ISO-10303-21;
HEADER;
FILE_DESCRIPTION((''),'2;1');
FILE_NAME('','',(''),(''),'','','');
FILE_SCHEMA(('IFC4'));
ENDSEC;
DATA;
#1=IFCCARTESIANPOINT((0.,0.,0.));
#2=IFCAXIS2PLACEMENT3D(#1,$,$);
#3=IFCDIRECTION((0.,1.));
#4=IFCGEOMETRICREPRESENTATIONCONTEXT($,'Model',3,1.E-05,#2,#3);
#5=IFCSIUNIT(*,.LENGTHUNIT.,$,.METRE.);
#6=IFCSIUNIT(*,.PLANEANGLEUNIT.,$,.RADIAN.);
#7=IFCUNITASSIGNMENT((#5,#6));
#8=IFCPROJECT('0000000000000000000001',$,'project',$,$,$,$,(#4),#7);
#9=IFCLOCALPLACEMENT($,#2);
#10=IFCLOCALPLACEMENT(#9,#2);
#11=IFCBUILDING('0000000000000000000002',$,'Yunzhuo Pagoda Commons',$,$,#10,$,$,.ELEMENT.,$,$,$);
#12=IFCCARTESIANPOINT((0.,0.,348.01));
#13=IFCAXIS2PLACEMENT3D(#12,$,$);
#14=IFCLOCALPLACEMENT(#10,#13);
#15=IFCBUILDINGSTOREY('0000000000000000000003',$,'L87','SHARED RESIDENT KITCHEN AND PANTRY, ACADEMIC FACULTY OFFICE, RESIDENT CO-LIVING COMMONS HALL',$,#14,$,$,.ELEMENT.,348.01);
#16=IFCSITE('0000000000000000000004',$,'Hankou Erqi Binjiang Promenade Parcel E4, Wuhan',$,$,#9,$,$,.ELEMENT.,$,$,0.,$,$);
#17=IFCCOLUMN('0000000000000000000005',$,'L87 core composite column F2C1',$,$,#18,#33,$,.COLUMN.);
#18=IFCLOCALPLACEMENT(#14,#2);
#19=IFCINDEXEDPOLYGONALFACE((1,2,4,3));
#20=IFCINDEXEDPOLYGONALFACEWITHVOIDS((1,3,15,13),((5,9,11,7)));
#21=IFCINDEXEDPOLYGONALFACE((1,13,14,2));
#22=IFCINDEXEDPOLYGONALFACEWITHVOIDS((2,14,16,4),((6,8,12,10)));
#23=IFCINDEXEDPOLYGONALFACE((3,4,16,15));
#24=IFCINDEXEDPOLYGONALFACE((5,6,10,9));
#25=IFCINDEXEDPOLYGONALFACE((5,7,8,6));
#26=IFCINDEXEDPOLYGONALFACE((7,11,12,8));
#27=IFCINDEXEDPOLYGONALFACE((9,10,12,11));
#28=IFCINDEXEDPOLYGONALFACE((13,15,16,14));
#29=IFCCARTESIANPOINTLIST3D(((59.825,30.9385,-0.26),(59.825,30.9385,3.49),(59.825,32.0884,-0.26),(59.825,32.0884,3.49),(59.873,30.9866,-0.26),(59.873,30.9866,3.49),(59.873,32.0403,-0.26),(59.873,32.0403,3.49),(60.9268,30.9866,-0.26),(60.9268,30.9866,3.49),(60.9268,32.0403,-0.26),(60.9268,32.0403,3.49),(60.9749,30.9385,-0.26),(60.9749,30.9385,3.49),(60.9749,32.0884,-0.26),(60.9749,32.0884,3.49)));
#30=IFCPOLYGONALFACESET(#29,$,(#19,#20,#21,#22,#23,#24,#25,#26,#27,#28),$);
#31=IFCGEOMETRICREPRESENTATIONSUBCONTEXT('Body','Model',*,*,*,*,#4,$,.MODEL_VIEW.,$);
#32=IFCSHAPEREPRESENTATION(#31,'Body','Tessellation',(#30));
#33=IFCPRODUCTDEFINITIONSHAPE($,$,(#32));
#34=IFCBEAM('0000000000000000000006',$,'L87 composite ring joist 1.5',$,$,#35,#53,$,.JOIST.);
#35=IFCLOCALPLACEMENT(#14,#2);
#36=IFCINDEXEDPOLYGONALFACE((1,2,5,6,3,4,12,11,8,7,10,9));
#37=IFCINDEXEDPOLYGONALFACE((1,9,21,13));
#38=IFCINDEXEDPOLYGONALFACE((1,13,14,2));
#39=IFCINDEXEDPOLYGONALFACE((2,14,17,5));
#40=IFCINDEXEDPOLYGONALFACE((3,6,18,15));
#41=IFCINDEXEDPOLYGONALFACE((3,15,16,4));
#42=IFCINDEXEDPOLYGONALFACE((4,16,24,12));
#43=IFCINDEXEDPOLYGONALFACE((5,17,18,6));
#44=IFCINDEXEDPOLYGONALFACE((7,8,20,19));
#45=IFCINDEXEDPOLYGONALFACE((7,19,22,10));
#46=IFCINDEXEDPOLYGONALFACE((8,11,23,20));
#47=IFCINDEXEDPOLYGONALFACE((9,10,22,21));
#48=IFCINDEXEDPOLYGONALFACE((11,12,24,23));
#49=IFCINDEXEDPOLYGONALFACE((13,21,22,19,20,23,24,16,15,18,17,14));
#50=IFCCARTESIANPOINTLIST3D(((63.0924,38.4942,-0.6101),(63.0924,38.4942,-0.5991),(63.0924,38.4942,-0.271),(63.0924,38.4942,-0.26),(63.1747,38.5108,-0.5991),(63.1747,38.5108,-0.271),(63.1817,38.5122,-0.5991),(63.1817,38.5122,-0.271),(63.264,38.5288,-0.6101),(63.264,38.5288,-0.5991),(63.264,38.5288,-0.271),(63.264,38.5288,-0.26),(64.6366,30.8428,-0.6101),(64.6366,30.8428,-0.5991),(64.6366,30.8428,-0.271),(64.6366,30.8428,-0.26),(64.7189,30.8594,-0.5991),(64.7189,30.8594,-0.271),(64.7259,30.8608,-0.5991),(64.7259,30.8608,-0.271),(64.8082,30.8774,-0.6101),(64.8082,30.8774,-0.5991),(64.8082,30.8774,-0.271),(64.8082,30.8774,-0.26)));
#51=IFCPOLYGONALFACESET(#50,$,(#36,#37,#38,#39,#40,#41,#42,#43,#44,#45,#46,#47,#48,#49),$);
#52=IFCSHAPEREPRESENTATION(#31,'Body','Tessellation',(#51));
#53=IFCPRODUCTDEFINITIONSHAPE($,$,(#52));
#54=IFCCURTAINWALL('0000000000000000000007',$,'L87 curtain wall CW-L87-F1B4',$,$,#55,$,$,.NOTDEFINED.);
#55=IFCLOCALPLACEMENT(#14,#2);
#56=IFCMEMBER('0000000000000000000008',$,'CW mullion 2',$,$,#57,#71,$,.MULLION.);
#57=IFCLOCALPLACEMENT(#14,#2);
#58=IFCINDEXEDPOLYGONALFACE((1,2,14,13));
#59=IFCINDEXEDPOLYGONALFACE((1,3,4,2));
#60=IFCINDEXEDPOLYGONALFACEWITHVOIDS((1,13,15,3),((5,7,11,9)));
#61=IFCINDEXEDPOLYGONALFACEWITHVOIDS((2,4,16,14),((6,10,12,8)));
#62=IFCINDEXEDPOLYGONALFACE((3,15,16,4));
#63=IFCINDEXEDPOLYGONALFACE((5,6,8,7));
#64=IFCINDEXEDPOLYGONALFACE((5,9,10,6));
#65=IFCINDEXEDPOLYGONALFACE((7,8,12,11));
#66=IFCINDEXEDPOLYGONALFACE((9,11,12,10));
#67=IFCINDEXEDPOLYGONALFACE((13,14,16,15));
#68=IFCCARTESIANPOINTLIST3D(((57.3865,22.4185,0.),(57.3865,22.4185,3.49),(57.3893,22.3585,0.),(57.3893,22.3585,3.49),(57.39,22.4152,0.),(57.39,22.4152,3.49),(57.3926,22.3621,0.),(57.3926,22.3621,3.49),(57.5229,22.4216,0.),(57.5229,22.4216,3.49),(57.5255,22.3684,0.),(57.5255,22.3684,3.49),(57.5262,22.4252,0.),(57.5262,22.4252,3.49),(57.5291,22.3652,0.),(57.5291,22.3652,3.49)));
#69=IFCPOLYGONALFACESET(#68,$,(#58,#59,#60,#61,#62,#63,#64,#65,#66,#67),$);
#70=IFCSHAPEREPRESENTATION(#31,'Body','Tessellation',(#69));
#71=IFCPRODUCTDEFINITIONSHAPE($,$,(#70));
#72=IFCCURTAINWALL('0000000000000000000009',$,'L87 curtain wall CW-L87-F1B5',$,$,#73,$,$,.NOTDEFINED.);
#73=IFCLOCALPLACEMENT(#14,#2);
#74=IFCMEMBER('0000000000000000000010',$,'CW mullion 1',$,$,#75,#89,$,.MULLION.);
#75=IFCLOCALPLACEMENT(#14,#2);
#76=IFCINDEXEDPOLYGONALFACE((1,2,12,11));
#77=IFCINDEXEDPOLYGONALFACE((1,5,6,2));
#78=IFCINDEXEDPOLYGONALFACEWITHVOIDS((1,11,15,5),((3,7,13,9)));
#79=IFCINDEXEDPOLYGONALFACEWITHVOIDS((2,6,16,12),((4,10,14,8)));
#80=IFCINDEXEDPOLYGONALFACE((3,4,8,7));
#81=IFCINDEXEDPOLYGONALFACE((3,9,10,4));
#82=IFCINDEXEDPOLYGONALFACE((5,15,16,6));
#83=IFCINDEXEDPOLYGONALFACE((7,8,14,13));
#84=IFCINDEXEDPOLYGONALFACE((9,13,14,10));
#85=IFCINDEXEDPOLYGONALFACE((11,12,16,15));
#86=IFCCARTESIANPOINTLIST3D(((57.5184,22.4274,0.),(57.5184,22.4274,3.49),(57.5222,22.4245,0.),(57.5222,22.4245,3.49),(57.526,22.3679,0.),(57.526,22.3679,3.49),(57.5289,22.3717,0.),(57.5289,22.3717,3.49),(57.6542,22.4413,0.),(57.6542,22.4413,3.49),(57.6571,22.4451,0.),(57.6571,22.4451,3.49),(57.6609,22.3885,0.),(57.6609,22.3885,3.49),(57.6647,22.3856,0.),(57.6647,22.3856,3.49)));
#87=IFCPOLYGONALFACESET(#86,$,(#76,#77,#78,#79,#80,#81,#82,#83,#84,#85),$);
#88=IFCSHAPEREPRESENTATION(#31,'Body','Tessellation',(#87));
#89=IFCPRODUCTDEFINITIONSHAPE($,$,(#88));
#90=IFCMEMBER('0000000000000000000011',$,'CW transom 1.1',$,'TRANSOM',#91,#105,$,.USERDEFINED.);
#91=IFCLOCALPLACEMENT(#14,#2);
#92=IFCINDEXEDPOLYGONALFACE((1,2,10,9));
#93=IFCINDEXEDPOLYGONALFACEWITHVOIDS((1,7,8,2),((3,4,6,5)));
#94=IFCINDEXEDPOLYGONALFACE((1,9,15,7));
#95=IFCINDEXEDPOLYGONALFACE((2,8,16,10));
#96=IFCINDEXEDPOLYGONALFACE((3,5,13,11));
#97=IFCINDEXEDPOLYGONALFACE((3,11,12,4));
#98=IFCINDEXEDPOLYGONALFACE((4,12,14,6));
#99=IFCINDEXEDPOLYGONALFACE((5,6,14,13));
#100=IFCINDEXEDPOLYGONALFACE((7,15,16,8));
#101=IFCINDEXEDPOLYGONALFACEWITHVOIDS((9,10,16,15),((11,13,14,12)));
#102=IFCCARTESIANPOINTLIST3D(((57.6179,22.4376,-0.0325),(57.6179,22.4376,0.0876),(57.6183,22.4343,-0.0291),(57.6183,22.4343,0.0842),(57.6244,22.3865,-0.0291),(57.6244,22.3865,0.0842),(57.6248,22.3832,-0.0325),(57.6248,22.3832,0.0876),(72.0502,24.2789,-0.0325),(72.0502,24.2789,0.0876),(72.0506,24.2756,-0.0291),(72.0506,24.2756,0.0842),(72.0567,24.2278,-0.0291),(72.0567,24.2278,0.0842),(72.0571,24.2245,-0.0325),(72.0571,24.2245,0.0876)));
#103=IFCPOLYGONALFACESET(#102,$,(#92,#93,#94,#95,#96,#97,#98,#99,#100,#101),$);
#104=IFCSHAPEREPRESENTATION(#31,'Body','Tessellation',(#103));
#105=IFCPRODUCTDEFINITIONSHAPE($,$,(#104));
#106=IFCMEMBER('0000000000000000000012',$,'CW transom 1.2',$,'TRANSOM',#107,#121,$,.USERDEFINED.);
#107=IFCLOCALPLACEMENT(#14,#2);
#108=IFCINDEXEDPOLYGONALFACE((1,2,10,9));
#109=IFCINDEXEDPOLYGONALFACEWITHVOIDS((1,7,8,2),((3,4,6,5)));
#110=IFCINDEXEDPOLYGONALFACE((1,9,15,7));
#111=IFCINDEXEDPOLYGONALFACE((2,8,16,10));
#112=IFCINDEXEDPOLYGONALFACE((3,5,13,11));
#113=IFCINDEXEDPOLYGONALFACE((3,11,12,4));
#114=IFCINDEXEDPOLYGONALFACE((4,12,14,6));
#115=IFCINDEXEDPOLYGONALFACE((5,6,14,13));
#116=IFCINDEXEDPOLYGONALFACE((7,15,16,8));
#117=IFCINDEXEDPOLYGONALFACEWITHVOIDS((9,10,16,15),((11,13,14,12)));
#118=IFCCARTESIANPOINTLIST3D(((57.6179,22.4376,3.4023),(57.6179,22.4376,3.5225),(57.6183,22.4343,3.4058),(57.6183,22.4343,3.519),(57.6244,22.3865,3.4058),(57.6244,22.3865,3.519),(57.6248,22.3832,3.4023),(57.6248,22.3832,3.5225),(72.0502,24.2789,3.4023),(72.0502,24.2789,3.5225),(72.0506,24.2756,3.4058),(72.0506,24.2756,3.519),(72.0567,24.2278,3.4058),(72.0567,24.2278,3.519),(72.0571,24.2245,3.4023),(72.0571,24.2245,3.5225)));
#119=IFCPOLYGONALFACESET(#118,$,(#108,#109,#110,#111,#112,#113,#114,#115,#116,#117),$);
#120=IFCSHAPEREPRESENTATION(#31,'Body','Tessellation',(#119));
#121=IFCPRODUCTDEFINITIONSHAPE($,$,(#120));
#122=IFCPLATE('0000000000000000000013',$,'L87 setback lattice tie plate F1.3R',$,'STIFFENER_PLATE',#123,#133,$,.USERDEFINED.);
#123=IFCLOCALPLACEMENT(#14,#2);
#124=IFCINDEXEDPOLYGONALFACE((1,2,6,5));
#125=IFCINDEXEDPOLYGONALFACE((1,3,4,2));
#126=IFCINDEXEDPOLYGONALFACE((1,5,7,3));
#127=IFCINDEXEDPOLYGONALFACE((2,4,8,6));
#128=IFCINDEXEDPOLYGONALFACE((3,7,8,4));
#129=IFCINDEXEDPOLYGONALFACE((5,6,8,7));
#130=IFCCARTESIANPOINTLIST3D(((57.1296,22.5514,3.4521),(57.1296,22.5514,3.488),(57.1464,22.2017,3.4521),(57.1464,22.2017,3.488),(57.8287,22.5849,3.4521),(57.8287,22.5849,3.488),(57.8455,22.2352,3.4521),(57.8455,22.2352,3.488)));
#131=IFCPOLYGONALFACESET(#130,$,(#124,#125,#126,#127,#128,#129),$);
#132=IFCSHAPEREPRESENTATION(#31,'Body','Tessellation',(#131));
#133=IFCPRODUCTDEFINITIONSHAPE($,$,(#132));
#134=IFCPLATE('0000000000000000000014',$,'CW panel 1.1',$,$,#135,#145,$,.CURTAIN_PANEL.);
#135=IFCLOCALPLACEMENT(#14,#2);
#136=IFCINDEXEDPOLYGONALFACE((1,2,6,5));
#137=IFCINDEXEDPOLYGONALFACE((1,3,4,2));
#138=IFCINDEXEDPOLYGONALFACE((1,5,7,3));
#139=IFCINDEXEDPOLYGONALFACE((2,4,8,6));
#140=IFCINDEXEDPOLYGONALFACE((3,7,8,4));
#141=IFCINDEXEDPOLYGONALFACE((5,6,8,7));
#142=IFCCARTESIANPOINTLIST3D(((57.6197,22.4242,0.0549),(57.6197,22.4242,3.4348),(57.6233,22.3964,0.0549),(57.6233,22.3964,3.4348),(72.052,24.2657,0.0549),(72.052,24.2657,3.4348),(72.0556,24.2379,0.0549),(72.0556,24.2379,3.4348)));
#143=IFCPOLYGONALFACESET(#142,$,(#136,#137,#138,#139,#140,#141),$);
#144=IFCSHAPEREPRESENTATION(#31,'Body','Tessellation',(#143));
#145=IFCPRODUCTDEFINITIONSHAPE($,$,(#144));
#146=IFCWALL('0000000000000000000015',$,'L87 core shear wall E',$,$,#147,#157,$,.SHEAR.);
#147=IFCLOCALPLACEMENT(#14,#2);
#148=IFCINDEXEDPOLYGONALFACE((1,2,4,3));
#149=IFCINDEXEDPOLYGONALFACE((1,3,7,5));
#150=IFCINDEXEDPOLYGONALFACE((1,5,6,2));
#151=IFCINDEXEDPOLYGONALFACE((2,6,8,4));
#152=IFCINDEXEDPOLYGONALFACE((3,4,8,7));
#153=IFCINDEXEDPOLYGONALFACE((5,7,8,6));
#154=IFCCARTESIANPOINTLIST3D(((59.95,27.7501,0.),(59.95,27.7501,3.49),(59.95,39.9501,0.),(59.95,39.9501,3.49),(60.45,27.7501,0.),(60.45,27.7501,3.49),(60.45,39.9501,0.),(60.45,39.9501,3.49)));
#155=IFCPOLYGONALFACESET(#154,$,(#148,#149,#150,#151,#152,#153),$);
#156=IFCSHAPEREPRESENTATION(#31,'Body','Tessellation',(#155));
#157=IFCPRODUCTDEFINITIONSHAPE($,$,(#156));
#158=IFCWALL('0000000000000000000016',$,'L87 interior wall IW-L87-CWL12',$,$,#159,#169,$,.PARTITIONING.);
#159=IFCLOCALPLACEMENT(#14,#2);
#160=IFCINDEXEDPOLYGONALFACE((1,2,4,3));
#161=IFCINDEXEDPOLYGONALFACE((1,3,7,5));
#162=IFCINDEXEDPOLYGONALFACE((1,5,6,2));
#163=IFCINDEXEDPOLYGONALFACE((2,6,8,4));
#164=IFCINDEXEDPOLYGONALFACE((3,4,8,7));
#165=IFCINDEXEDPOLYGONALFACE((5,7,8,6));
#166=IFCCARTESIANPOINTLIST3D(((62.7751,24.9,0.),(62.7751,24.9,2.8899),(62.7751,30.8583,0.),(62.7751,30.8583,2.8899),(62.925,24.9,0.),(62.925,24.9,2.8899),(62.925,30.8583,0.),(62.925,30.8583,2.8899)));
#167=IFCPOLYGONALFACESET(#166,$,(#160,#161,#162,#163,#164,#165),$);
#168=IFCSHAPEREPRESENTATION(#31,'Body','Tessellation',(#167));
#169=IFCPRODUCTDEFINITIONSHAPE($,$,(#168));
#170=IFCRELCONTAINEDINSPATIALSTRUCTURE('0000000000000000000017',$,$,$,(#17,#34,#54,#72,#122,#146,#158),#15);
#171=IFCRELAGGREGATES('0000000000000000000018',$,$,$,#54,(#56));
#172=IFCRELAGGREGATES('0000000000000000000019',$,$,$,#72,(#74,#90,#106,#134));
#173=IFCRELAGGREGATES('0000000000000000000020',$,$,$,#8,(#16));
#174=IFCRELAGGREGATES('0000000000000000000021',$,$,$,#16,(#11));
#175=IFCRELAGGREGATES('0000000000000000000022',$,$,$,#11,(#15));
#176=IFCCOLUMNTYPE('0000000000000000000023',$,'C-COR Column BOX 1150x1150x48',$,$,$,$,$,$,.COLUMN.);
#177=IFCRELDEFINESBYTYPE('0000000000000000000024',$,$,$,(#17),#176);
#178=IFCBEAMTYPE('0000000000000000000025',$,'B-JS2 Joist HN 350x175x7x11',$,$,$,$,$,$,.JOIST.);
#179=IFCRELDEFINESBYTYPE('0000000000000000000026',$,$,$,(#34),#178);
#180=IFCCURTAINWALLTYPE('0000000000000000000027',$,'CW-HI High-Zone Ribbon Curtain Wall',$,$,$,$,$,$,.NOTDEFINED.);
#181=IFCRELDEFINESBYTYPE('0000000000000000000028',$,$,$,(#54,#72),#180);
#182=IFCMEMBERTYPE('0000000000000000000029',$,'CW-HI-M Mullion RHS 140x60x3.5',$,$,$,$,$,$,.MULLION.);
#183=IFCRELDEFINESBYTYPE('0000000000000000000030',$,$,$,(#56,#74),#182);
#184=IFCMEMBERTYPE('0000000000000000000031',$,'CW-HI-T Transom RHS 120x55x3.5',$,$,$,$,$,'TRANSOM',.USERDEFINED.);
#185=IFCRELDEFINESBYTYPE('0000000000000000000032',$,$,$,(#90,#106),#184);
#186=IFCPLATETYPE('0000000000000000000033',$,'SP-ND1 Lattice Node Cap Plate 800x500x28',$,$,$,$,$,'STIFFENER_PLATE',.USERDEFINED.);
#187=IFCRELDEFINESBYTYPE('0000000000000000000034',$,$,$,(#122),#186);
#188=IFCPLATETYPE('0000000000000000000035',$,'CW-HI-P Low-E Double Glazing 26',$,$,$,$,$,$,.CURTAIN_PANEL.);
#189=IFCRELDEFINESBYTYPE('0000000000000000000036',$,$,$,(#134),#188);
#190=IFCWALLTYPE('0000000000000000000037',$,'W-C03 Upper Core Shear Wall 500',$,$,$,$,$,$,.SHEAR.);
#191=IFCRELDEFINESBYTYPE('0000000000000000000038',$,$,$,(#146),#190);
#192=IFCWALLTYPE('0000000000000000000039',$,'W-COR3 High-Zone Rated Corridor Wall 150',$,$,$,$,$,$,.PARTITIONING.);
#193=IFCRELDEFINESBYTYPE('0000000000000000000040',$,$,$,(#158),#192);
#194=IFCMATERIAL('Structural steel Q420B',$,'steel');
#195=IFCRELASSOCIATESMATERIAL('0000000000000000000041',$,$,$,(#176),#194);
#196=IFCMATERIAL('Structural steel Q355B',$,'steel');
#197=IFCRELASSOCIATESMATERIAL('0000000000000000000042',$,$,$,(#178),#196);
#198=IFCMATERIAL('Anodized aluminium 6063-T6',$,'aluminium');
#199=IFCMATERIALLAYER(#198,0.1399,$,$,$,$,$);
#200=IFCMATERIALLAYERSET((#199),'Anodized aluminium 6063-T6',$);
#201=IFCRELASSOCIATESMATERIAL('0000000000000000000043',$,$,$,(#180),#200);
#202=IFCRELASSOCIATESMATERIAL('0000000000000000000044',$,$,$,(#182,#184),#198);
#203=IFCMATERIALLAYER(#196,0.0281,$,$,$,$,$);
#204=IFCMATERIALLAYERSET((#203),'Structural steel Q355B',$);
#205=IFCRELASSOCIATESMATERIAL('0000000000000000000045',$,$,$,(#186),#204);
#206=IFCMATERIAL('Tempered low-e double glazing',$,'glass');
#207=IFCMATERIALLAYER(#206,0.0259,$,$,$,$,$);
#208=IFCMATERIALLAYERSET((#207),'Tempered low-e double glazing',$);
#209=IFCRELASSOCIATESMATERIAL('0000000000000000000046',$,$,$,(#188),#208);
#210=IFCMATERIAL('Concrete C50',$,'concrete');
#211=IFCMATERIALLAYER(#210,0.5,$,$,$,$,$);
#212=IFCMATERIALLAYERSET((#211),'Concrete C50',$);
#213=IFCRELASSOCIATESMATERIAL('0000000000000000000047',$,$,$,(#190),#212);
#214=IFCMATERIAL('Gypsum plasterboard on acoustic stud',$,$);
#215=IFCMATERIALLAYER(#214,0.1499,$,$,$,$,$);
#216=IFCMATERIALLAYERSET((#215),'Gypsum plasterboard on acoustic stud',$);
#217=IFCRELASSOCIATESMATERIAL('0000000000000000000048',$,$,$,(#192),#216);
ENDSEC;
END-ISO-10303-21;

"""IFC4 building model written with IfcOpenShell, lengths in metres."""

from ifc_helpers import new_model, si_unit, direction, frame, frame_2d, origin, origin_2d, place, context, subcontext, project, spatial, rectangle, hollow_rectangle, i_section, extrude, source, transform, mapped, material, layer, layer_set, material_profile, profile_set, type_object, element, aggregate, save


model = new_model("IFC4")

# Units and contexts
model_context = context("Model", 3, precision=1e-05, world=origin(), true_north=direction((0.0, 1.0)))
body_context = subcontext(model_context, "Body", "Model", "MODEL_VIEW")
ifc_project = project(units=[si_unit("LENGTHUNIT", "METRE"), si_unit("PLANEANGLEUNIT", "RADIAN")], contexts=[model_context])

# Site, building, storey
site_placement = place(None, origin())
site = spatial("IfcSite", under=ifc_project, at=site_placement, Name="Hankou Erqi Binjiang Promenade Parcel E4, Wuhan", CompositionType="ELEMENT", RefElevation=0.0)
building_placement = place(site_placement, origin())
building = spatial("IfcBuilding", under=site, at=building_placement, Name="Yunzhuo Pagoda Commons", CompositionType="ELEMENT")
storey_placement = place(building_placement, frame((0.0, 0.0, 348.01)))
storey = spatial("IfcBuildingStorey", under=building, at=storey_placement, Name="L87", Description="SHARED RESIDENT KITCHEN AND PANTRY, ACADEMIC FACULTY OFFICE, RESIDENT CO-LIVING COMMONS HALL", CompositionType="ELEMENT", Elevation=348.01)

# Column
ifc_material_1 = material(Name="Structural steel Q420B", Category="steel")
ifc_material_profile_1 = material_profile(ifc_material_1, hollow_rectangle(XDim=1.1499, YDim=1.1499, WallThickness=0.0481, at=origin_2d()), Name="Structural steel Q420B")
ifc_profile_set_1 = profile_set([ifc_material_profile_1], Name="Structural steel Q420B")
column_type = type_object("IfcColumnType", Name="C-COR Column BOX 1150x1150x48", PredefinedType="COLUMN", material=ifc_profile_set_1)
shared_shape_1 = source(origin(), body_context, "Body", "SweptSolid", [
    extrude(hollow_rectangle(XDim=1.1499, YDim=1.1499, WallThickness=0.0481, at=origin_2d()), origin(), (0.0, 0.0, 1.0), 3.75),
])
column_placement = place(storey_placement, frame((60.3999, 31.5134, -0.26), z_axis=(0.0, 0.0, 1.0), x_axis=(1.0, 0.0, 0.0)))
element("IfcColumn", 1, at=column_placement, inside=storey, type_object=column_type, Name="L87 core composite column F2C1", PredefinedType="COLUMN", context=body_context, shape_type="MappedRepresentation", body=[
    mapped(shared_shape_1, transform((0.0, 0.0, 0.0), scale=1.0)),
])

# Beam
ifc_material_2 = material(Name="Structural steel Q355B", Category="steel")
ifc_material_profile_2 = material_profile(ifc_material_2, i_section(OverallWidth=0.175, OverallDepth=0.3501, WebThickness=0.0071, FlangeThickness=0.011, at=origin_2d()), Name="Structural steel Q355B")
ifc_profile_set_2 = profile_set([ifc_material_profile_2], Name="Structural steel Q355B")
beam_type = type_object("IfcBeamType", Name="B-JS2 Joist HN 350x175x7x11", PredefinedType="JOIST", material=ifc_profile_set_2)
shared_shape_2 = source(origin(), body_context, "Body", "SweptSolid", [
    extrude(i_section(OverallWidth=0.175, OverallDepth=0.3501, WebThickness=0.0071, FlangeThickness=0.011, at=origin_2d()), origin(), (0.0, 0.0, 1.0), 7.8057),
])
beam_placement = place(storey_placement, frame((64.7224, 30.8601, -0.4351), z_axis=(-0.19783, 0.980236, 0.0), x_axis=(-0.980236, -0.19783, 0.0)))
element("IfcBeam", 2, at=beam_placement, inside=storey, type_object=beam_type, Name="L87 composite ring joist 1.5", PredefinedType="JOIST", context=body_context, shape_type="MappedRepresentation", body=[
    mapped(shared_shape_2, transform((0.0, 0.0, 0.0), scale=1.0)),
])

# Curtain wall, member
ifc_material_3 = material(Name="Anodized aluminium 6063-T6", Category="aluminium")
ifc_layer_1 = layer(ifc_material_3, 0.1399)
ifc_layer_set_1 = layer_set([ifc_layer_1], Name="Anodized aluminium 6063-T6")
curtain_wall_type = type_object("IfcCurtainWallType", Name="CW-HI High-Zone Ribbon Curtain Wall", PredefinedType="NOTDEFINED", material=ifc_layer_set_1)
curtain_wall_1_placement = place(storey_placement, origin())
curtain_wall_1 = element("IfcCurtainWall", 3, at=curtain_wall_1_placement, inside=storey, type_object=curtain_wall_type, Name="L87 curtain wall CW-L87-F1B4", PredefinedType="NOTDEFINED")
ifc_material_profile_3 = material_profile(ifc_material_3, hollow_rectangle(XDim=0.0601, YDim=0.1399, WallThickness=0.0034, at=origin_2d()), Name="Anodized aluminium 6063-T6")
ifc_profile_set_3 = profile_set([ifc_material_profile_3], Name="Anodized aluminium 6063-T6")
member_type_1 = type_object("IfcMemberType", Name="CW-HI-M Mullion RHS 140x60x3.5", PredefinedType="MULLION", material=ifc_profile_set_3)
shared_shape_3 = source(origin(), body_context, "Body", "SweptSolid", [
    extrude(hollow_rectangle(XDim=0.0601, YDim=0.1399, WallThickness=0.0034, at=origin_2d()), origin(), (0.0, 0.0, 1.0), 3.49),
])
member_1_placement = place(storey_placement, frame((57.4578, 22.3918, 0.0), z_axis=(0.0, 0.0, 1.0), x_axis=(-0.047859, 0.998854, 0.0)))
member_1 = element("IfcMember", 4, at=member_1_placement, type_object=member_type_1, Name="CW mullion 2", PredefinedType="MULLION", context=body_context, shape_type="MappedRepresentation", body=[
    mapped(shared_shape_3, transform((0.0, 0.0, 0.0), scale=1.0)),
])
aggregate(curtain_wall_1, [member_1])

# Curtain wall, members
curtain_wall_2_placement = place(storey_placement, origin())
curtain_wall_2 = element("IfcCurtainWall", 5, at=curtain_wall_2_placement, inside=storey, type_object=curtain_wall_type, Name="L87 curtain wall CW-L87-F1B5", PredefinedType="NOTDEFINED")
member_2_placement = place(storey_placement, frame((57.5916, 22.4065, 0.0), z_axis=(0.0, 0.0, 1.0), x_axis=(-0.126571, 0.991958, 0.0)))
member_2 = element("IfcMember", 6, at=member_2_placement, type_object=member_type_1, Name="CW mullion 1", PredefinedType="MULLION", context=body_context, shape_type="MappedRepresentation", body=[
    mapped(shared_shape_3, transform((0.0, 0.0, 0.0), scale=1.0)),
])
ifc_material_profile_4 = material_profile(ifc_material_3, hollow_rectangle(XDim=0.0549, YDim=0.1201, WallThickness=0.0034, at=origin_2d()), Name="Anodized aluminium 6063-T6")
ifc_profile_set_4 = profile_set([ifc_material_profile_4], Name="Anodized aluminium 6063-T6")
member_type_2 = type_object("IfcMemberType", Name="CW-HI-T Transom RHS 120x55x3.5", ElementType="TRANSOM", PredefinedType="USERDEFINED", material=ifc_profile_set_4)
shared_shape_4 = source(origin(), body_context, "Body", "SweptSolid", [
    extrude(hollow_rectangle(XDim=0.0549, YDim=0.1201, WallThickness=0.0034, at=origin_2d()), origin(), (0.0, 0.0, 1.0), 14.5493),
])
member_3_placement = place(storey_placement, frame((57.6213, 22.4104, 0.0276), z_axis=(0.991959, 0.126556, 0.0), x_axis=(-0.126556, 0.991959, 0.0)))
member_3 = element("IfcMember", 7, at=member_3_placement, type_object=member_type_2, Name="CW transom 1.1", ObjectType="TRANSOM", PredefinedType="USERDEFINED", context=body_context, shape_type="MappedRepresentation", body=[
    mapped(shared_shape_4, transform((0.0, 0.0, 0.0), scale=1.0)),
])
member_4_placement = place(storey_placement, frame((57.6213, 22.4104, 3.4624), z_axis=(0.991959, 0.126556, 0.0), x_axis=(-0.126556, 0.991959, 0.0)))
member_4 = element("IfcMember", 8, at=member_4_placement, type_object=member_type_2, Name="CW transom 1.2", ObjectType="TRANSOM", PredefinedType="USERDEFINED", context=body_context, shape_type="MappedRepresentation", body=[
    mapped(shared_shape_4, transform((0.0, 0.0, 0.0), scale=1.0)),
])

# Plates
ifc_layer_2 = layer(ifc_material_2, 0.0281)
ifc_layer_set_2 = layer_set([ifc_layer_2], Name="Structural steel Q355B")
plate_type_1 = type_object("IfcPlateType", Name="SP-ND1 Lattice Node Cap Plate 800x500x28", ElementType="STIFFENER_PLATE", PredefinedType="USERDEFINED", material=ifc_layer_set_2)
shared_shape_5 = source(origin(), body_context, "Body", "SweptSolid", [
    extrude(rectangle(XDim=0.7, YDim=0.3501, at=origin_2d()), origin(), (0.0, 0.0, 1.0), 0.0359),
])
plate_1_placement = place(storey_placement, frame((57.4875, 22.3933, 3.4521), z_axis=(0.0, 0.0, 1.0), x_axis=(0.998854, 0.047856, 0.0)))
element("IfcPlate", 9, at=plate_1_placement, inside=storey, type_object=plate_type_1, Name="L87 setback lattice tie plate F1.3R", ObjectType="STIFFENER_PLATE", PredefinedType="USERDEFINED", context=body_context, shape_type="MappedRepresentation", body=[
    mapped(shared_shape_5, transform((0.0, 0.0, 0.0), scale=1.0)),
])
ifc_material_4 = material(Name="Tempered low-e double glazing", Category="glass")
ifc_layer_3 = layer(ifc_material_4, 0.0259)
ifc_layer_set_3 = layer_set([ifc_layer_3], Name="Tempered low-e double glazing")
plate_type_2 = type_object("IfcPlateType", Name="CW-HI-P Low-E Double Glazing 26", PredefinedType="CURTAIN_PANEL", material=ifc_layer_set_3)
shared_shape_6 = source(origin(), body_context, "Body", "SweptSolid", [
    extrude(rectangle(XDim=14.5493, YDim=0.0281, at=origin_2d()), origin(), (0.0, 0.0, 1.0), 3.3799),
])
plate_2_placement = place(storey_placement, frame((64.8376, 23.3311, 0.0549), z_axis=(0.0, 0.0, 1.0), x_axis=(0.991958, 0.126571, 0.0)))
plate_2 = element("IfcPlate", 10, at=plate_2_placement, type_object=plate_type_2, Name="CW panel 1.1", PredefinedType="CURTAIN_PANEL", context=body_context, shape_type="MappedRepresentation", body=[
    mapped(shared_shape_6, transform((0.0, 0.0, 0.0), scale=1.0)),
])
aggregate(curtain_wall_2, [member_2, member_3, member_4, plate_2])

# Walls
ifc_material_5 = material(Name="Concrete C50", Category="concrete")
ifc_layer_4 = layer(ifc_material_5, 0.5)
ifc_layer_set_4 = layer_set([ifc_layer_4], Name="Concrete C50")
wall_type_1 = type_object("IfcWallType", Name="W-C03 Upper Core Shear Wall 500", PredefinedType="SHEAR", material=ifc_layer_set_4)
wall_1_placement = place(storey_placement, frame((60.2, 27.75, 0.0), z_axis=(0.0, 0.0, 1.0), x_axis=(0.0, 1.0, 0.0)))
element("IfcWall", 11, at=wall_1_placement, inside=storey, type_object=wall_type_1, Name="L87 core shear wall E", PredefinedType="SHEAR", context=body_context, shape_type="SweptSolid", body=[
    extrude(rectangle(XDim=12.2, YDim=0.5, at=frame_2d((6.1001, 0.0))), origin(), (0.0, 0.0, 1.0), 3.49),
])
ifc_material_6 = material(Name="Gypsum plasterboard on acoustic stud")
ifc_layer_5 = layer(ifc_material_6, 0.1499)
ifc_layer_set_5 = layer_set([ifc_layer_5], Name="Gypsum plasterboard on acoustic stud")
wall_type_2 = type_object("IfcWallType", Name="W-COR3 High-Zone Rated Corridor Wall 150", PredefinedType="PARTITIONING", material=ifc_layer_set_5)
wall_2_placement = place(storey_placement, frame((62.8501, 30.8582, 0.0), z_axis=(0.0, 0.0, 1.0), x_axis=(0.0, -1.0, 0.0)))
element("IfcWall", 12, at=wall_2_placement, inside=storey, type_object=wall_type_2, Name="L87 interior wall IW-L87-CWL12", PredefinedType="PARTITIONING", context=body_context, shape_type="SweptSolid", body=[
    extrude(rectangle(XDim=5.9583, YDim=0.1499, at=frame_2d((2.979, 0.0))), origin(), (0.0, 0.0, 1.0), 2.8899),
])

save(model, "model.ifc")
